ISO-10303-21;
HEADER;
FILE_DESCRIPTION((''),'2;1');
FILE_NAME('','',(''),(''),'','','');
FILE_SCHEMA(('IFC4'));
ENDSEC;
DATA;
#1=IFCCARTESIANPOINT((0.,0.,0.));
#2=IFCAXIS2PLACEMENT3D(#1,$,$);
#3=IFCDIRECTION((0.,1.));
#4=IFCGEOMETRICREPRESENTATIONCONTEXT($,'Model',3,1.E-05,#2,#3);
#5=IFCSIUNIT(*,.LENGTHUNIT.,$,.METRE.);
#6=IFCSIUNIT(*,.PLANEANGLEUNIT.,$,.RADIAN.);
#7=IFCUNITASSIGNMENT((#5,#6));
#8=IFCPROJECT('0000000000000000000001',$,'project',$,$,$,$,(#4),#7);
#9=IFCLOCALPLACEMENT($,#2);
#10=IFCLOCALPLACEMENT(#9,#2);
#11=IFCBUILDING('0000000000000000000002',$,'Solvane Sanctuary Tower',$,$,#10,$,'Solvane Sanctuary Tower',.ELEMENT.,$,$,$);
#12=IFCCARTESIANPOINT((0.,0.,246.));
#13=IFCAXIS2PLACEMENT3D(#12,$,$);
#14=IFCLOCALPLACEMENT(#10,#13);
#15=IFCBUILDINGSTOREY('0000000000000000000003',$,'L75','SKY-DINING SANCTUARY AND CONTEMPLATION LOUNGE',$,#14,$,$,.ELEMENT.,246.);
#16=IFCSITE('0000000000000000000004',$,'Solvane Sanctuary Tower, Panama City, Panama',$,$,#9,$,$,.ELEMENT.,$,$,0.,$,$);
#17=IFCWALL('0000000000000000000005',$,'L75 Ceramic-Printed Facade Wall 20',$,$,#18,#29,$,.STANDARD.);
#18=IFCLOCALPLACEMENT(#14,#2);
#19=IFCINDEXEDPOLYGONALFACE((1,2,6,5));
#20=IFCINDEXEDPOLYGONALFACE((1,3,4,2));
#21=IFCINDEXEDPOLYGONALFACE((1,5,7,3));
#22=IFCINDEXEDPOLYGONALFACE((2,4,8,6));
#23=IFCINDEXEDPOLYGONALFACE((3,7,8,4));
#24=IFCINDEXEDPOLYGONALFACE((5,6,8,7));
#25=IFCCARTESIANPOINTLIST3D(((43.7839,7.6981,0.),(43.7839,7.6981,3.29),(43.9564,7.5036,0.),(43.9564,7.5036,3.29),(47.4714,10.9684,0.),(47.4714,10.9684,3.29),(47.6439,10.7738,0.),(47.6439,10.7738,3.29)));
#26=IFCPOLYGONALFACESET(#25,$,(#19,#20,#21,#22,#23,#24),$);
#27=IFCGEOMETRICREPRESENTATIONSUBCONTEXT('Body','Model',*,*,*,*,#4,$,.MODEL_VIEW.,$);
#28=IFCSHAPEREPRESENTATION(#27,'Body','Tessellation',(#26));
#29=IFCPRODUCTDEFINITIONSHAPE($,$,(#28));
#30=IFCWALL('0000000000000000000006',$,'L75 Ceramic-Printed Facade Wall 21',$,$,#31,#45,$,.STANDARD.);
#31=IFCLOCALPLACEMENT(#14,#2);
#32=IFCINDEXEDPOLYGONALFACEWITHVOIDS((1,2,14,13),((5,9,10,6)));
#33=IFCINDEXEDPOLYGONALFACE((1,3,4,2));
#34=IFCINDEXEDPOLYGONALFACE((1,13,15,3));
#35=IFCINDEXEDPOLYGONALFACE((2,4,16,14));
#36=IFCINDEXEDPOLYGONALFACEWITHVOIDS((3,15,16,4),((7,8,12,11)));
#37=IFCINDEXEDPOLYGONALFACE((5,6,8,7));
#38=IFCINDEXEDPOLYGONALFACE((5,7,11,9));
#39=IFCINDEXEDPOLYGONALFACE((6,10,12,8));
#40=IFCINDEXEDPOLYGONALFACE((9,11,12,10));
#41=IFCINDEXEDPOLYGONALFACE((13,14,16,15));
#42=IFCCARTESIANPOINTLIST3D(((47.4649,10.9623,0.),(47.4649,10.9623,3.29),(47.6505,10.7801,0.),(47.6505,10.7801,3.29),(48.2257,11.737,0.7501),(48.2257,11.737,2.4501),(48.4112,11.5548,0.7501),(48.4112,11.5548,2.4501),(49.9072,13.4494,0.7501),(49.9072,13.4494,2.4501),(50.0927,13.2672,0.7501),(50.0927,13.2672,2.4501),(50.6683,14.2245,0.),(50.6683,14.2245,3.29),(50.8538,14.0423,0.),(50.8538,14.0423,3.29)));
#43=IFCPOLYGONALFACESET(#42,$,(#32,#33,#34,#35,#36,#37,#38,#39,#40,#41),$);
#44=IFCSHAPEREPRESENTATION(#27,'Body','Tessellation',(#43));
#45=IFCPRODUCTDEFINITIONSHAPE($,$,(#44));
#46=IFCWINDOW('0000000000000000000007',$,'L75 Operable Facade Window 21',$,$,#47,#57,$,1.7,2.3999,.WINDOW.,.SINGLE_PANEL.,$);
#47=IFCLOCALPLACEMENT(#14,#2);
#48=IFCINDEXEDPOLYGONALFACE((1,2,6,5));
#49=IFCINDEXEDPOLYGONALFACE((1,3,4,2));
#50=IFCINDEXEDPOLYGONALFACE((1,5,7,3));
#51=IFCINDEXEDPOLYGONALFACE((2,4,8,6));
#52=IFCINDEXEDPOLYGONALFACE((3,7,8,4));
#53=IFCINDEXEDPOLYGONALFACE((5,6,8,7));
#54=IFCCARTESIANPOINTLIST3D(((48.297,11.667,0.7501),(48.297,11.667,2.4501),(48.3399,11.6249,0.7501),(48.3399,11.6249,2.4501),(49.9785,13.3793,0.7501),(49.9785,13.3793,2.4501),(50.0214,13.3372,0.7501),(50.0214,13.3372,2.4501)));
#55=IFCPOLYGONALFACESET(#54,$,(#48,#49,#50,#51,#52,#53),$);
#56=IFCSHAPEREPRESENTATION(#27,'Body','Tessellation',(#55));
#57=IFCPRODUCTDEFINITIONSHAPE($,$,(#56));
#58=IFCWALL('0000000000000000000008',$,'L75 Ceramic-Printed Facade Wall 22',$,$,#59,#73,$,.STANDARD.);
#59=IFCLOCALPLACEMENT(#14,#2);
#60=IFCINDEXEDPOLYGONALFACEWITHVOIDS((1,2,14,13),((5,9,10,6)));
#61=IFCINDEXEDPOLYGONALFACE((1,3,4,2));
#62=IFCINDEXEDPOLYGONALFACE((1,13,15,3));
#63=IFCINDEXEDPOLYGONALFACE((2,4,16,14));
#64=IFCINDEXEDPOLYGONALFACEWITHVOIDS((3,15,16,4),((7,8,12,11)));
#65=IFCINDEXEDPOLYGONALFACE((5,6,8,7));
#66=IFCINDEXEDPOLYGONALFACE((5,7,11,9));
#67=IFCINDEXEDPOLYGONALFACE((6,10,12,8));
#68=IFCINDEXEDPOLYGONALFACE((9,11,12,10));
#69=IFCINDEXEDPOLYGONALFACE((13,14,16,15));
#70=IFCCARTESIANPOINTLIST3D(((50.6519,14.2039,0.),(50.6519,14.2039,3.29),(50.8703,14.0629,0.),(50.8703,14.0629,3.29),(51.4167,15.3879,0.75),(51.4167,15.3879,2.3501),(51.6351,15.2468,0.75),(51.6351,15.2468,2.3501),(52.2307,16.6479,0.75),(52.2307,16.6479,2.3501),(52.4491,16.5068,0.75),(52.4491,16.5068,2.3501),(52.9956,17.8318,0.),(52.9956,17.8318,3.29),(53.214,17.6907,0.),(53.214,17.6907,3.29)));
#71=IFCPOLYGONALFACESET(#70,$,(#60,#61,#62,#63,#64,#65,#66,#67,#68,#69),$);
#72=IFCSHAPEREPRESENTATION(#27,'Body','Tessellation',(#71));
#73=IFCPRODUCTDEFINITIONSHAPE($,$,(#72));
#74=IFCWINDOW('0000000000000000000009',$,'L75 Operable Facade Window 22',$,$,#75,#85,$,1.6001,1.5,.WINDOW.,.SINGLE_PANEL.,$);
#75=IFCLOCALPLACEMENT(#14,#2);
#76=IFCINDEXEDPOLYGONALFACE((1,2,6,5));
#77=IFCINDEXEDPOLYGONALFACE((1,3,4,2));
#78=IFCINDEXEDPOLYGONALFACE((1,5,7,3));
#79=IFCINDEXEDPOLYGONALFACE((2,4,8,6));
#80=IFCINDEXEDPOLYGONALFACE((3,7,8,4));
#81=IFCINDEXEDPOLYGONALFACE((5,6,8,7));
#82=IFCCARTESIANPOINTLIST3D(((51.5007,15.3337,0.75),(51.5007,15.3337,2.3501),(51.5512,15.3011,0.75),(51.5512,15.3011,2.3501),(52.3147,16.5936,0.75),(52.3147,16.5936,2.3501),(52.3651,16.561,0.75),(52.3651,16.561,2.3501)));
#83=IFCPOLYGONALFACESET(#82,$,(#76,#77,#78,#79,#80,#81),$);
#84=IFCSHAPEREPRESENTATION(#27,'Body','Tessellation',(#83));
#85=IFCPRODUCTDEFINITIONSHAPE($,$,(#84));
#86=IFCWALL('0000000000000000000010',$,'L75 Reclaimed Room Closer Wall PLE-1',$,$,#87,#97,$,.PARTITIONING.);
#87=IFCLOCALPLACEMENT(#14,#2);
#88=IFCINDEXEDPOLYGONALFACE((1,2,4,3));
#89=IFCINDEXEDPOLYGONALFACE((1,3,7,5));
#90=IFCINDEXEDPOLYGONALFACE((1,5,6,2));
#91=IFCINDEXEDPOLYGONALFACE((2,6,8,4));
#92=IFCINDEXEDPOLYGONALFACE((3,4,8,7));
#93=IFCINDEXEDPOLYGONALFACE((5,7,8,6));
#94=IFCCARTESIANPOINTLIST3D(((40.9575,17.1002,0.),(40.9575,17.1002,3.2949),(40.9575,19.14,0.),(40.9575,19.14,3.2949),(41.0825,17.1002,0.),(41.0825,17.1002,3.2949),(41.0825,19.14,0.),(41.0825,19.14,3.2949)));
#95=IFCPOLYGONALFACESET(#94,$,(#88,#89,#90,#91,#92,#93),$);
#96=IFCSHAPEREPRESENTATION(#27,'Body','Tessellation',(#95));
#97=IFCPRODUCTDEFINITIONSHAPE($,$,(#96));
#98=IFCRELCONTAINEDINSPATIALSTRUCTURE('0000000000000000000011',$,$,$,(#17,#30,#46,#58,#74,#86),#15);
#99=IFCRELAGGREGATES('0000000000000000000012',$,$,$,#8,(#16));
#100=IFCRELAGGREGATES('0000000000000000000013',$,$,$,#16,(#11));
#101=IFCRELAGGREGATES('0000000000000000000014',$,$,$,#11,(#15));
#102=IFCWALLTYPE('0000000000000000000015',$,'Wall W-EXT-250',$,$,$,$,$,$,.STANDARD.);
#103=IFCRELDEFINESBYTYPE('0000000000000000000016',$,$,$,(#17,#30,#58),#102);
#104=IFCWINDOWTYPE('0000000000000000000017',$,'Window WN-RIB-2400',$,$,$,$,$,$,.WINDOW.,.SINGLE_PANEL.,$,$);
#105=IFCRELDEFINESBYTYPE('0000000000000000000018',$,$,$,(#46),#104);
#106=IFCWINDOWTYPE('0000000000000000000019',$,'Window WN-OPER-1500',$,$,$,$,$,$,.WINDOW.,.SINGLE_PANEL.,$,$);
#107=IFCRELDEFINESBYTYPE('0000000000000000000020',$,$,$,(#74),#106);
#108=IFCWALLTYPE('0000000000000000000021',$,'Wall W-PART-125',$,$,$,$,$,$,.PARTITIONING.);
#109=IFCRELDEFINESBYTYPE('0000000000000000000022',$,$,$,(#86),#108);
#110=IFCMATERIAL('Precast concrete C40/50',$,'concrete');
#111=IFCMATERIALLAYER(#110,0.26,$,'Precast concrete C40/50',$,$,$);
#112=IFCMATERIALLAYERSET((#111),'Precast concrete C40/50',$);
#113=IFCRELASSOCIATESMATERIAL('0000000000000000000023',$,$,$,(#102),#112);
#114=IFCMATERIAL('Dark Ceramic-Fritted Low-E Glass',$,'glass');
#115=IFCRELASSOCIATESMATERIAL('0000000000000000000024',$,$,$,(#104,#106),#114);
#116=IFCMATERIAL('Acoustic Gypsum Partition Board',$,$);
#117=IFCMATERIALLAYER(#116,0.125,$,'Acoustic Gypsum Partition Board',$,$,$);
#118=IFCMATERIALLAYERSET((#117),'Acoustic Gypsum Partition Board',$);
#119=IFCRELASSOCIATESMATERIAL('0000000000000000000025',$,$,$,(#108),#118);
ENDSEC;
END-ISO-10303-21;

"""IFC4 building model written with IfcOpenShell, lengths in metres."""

from ifc_helpers import new_model, si_unit, direction, frame, frame_2d, origin, place, context, subcontext, project, spatial, rectangle, extrude, material, layer, layer_set, type_object, element, fill, save


model = new_model("IFC4")

# Units and contexts
model_context = context("Model", 3, precision=1e-05, world=origin(), true_north=direction((0.0, 1.0)))
body_context = subcontext(model_context, "Body", "Model", "MODEL_VIEW")
ifc_project = project(units=[si_unit("LENGTHUNIT", "METRE"), si_unit("PLANEANGLEUNIT", "RADIAN")], contexts=[model_context])

# Site, building, storey
site_placement = place(None, origin())
site = spatial("IfcSite", under=ifc_project, at=site_placement, Name="Solvane Sanctuary Tower, Panama City, Panama", CompositionType="ELEMENT", RefElevation=0.0)
building_placement = place(site_placement, origin())
building = spatial("IfcBuilding", under=site, at=building_placement, Name="Solvane Sanctuary Tower", LongName="Solvane Sanctuary Tower", CompositionType="ELEMENT")
storey_placement = place(building_placement, frame((0.0, 0.0, 246.0)))
storey = spatial("IfcBuildingStorey", under=building, at=storey_placement, Name="L75", Description="SKY-DINING SANCTUARY AND CONTEMPLATION LOUNGE", CompositionType="ELEMENT", Elevation=246.0)

# Shared definitions
ifc_material_1 = material(Name="Dark Ceramic-Fritted Low-E Glass", Category="glass")

# Shared definitions
ifc_material_2 = material(Name="Acoustic Gypsum Partition Board")

# Wall
ifc_material_3 = material(Name="Precast concrete C40/50", Category="concrete")
ifc_layer_1 = layer(ifc_material_3, 0.26, Name="Precast concrete C40/50")
ifc_layer_set_1 = layer_set([ifc_layer_1], Name="Precast concrete C40/50")
wall_type_1 = type_object("IfcWallType", Name="Wall W-EXT-250", PredefinedType="STANDARD", material=ifc_layer_set_1)
wall_1_placement = place(storey_placement, frame((43.8701, 7.6008, 0.0), z_axis=(0.0, 0.0, 1.0), x_axis=(0.748166, 0.663512, 0.0)))
element("IfcWall", 1, at=wall_1_placement, inside=storey, type_object=wall_type_1, Name="L75 Ceramic-Printed Facade Wall 20", PredefinedType="STANDARD", context=body_context, shape_type="SweptSolid", body=[
    extrude(rectangle(XDim=4.9287, YDim=0.26, at=frame_2d((2.4644, 0.0))), origin(), (0.0, 0.0, 1.0), 3.29),
])

# Walls, openings, windows
wall_2_placement = place(storey_placement, frame((47.5576, 10.8711, 0.0), z_axis=(0.0, 0.0, 1.0), x_axis=(0.700643, 0.713512, 0.0)))
wall_2 = element("IfcWall", 2, at=wall_2_placement, inside=storey, type_object=wall_type_1, Name="L75 Ceramic-Printed Facade Wall 21", PredefinedType="STANDARD", context=body_context, shape_type="SweptSolid", body=[
    extrude(rectangle(XDim=4.572, YDim=0.26, at=frame_2d((2.2861, 0.0))), origin(), (0.0, 0.0, 1.0), 3.29),
])
opening_1_placement = place(wall_2_placement, frame((1.0859, 0.0, 0.75)))
opening_1 = element("IfcOpeningElement", 3, at=opening_1_placement, cuts=wall_2, PredefinedType="OPENING", context=body_context, shape_type="SweptSolid", body=[
    extrude(rectangle(XDim=2.3999, YDim=1.7, at=frame_2d((1.2, 0.8501))), frame((0.0, 0.1399, 0.0), z_axis=(0.0, -1.0, 0.0), x_axis=(1.0, 0.0, 0.0)), (0.0, 0.0, 1.0), 0.28),
])
window_type_1 = type_object("IfcWindowType", Name="Window WN-RIB-2400", PartitioningType="SINGLE_PANEL", PredefinedType="WINDOW", material=ifc_material_1)
window_1_placement = place(opening_1_placement, origin())
window_1 = element("IfcWindow", 4, at=window_1_placement, inside=storey, type_object=window_type_1, Name="L75 Operable Facade Window 21", OverallHeight=1.7, OverallWidth=2.3999, PartitioningType="SINGLE_PANEL", PredefinedType="WINDOW", context=body_context, shape_type="SweptSolid", body=[
    extrude(rectangle(XDim=2.3999, YDim=1.7, at=frame_2d((1.2, 0.8501))), frame((0.0, 0.03, 0.0), z_axis=(0.0, -1.0, 0.0), x_axis=(1.0, 0.0, 0.0)), (0.0, 0.0, 1.0), 0.0601),
])
fill(opening_1, window_1)
wall_3_placement = place(storey_placement, frame((50.761, 14.1333, 0.0), z_axis=(0.0, 0.0, 1.0), x_axis=(0.542642, 0.839964, 0.0)))
wall_3 = element("IfcWall", 5, at=wall_3_placement, inside=storey, type_object=wall_type_1, Name="L75 Ceramic-Printed Facade Wall 22", PredefinedType="STANDARD", context=body_context, shape_type="SweptSolid", body=[
    extrude(rectangle(XDim=4.3191, YDim=0.26, at=frame_2d((2.1597, 0.0))), origin(), (0.0, 0.0, 1.0), 3.29),
])
opening_2_placement = place(wall_3_placement, frame((1.4097, 0.0, 0.75)))
opening_2 = element("IfcOpeningElement", 6, at=opening_2_placement, cuts=wall_3, PredefinedType="OPENING", context=body_context, shape_type="SweptSolid", body=[
    extrude(rectangle(XDim=1.5, YDim=1.6001, at=frame_2d((0.75, 0.8))), frame((0.0, 0.1399, 0.0), z_axis=(0.0, -1.0, 0.0), x_axis=(1.0, 0.0, 0.0)), (0.0, 0.0, 1.0), 0.28),
])
window_type_2 = type_object("IfcWindowType", Name="Window WN-OPER-1500", PartitioningType="SINGLE_PANEL", PredefinedType="WINDOW", material=ifc_material_1)
window_2_placement = place(opening_2_placement, origin())
window_2 = element("IfcWindow", 7, at=window_2_placement, inside=storey, type_object=window_type_2, Name="L75 Operable Facade Window 22", OverallHeight=1.6001, OverallWidth=1.5, PartitioningType="SINGLE_PANEL", PredefinedType="WINDOW", context=body_context, shape_type="SweptSolid", body=[
    extrude(rectangle(XDim=1.5, YDim=1.6001, at=frame_2d((0.75, 0.8))), frame((0.0, 0.03, 0.0), z_axis=(0.0, -1.0, 0.0), x_axis=(1.0, 0.0, 0.0)), (0.0, 0.0, 1.0), 0.0601),
])
fill(opening_2, window_2)

# Wall
ifc_layer_2 = layer(ifc_material_2, 0.125, Name="Acoustic Gypsum Partition Board")
ifc_layer_set_2 = layer_set([ifc_layer_2], Name="Acoustic Gypsum Partition Board")
wall_type_2 = type_object("IfcWallType", Name="Wall W-PART-125", PredefinedType="PARTITIONING", material=ifc_layer_set_2)
wall_4_placement = place(storey_placement, frame((41.02, 17.1001, 0.0), z_axis=(0.0, 0.0, 1.0), x_axis=(0.0, 1.0, 0.0)))
element("IfcWall", 8, at=wall_4_placement, inside=storey, type_object=wall_type_2, Name="L75 Reclaimed Room Closer Wall PLE-1", PredefinedType="PARTITIONING", context=body_context, shape_type="SweptSolid", body=[
    extrude(rectangle(XDim=2.0398, YDim=0.125, at=frame_2d((1.02, 0.0))), origin(), (0.0, 0.0, 1.0), 3.2949),
])

save(model, "model.ifc")
